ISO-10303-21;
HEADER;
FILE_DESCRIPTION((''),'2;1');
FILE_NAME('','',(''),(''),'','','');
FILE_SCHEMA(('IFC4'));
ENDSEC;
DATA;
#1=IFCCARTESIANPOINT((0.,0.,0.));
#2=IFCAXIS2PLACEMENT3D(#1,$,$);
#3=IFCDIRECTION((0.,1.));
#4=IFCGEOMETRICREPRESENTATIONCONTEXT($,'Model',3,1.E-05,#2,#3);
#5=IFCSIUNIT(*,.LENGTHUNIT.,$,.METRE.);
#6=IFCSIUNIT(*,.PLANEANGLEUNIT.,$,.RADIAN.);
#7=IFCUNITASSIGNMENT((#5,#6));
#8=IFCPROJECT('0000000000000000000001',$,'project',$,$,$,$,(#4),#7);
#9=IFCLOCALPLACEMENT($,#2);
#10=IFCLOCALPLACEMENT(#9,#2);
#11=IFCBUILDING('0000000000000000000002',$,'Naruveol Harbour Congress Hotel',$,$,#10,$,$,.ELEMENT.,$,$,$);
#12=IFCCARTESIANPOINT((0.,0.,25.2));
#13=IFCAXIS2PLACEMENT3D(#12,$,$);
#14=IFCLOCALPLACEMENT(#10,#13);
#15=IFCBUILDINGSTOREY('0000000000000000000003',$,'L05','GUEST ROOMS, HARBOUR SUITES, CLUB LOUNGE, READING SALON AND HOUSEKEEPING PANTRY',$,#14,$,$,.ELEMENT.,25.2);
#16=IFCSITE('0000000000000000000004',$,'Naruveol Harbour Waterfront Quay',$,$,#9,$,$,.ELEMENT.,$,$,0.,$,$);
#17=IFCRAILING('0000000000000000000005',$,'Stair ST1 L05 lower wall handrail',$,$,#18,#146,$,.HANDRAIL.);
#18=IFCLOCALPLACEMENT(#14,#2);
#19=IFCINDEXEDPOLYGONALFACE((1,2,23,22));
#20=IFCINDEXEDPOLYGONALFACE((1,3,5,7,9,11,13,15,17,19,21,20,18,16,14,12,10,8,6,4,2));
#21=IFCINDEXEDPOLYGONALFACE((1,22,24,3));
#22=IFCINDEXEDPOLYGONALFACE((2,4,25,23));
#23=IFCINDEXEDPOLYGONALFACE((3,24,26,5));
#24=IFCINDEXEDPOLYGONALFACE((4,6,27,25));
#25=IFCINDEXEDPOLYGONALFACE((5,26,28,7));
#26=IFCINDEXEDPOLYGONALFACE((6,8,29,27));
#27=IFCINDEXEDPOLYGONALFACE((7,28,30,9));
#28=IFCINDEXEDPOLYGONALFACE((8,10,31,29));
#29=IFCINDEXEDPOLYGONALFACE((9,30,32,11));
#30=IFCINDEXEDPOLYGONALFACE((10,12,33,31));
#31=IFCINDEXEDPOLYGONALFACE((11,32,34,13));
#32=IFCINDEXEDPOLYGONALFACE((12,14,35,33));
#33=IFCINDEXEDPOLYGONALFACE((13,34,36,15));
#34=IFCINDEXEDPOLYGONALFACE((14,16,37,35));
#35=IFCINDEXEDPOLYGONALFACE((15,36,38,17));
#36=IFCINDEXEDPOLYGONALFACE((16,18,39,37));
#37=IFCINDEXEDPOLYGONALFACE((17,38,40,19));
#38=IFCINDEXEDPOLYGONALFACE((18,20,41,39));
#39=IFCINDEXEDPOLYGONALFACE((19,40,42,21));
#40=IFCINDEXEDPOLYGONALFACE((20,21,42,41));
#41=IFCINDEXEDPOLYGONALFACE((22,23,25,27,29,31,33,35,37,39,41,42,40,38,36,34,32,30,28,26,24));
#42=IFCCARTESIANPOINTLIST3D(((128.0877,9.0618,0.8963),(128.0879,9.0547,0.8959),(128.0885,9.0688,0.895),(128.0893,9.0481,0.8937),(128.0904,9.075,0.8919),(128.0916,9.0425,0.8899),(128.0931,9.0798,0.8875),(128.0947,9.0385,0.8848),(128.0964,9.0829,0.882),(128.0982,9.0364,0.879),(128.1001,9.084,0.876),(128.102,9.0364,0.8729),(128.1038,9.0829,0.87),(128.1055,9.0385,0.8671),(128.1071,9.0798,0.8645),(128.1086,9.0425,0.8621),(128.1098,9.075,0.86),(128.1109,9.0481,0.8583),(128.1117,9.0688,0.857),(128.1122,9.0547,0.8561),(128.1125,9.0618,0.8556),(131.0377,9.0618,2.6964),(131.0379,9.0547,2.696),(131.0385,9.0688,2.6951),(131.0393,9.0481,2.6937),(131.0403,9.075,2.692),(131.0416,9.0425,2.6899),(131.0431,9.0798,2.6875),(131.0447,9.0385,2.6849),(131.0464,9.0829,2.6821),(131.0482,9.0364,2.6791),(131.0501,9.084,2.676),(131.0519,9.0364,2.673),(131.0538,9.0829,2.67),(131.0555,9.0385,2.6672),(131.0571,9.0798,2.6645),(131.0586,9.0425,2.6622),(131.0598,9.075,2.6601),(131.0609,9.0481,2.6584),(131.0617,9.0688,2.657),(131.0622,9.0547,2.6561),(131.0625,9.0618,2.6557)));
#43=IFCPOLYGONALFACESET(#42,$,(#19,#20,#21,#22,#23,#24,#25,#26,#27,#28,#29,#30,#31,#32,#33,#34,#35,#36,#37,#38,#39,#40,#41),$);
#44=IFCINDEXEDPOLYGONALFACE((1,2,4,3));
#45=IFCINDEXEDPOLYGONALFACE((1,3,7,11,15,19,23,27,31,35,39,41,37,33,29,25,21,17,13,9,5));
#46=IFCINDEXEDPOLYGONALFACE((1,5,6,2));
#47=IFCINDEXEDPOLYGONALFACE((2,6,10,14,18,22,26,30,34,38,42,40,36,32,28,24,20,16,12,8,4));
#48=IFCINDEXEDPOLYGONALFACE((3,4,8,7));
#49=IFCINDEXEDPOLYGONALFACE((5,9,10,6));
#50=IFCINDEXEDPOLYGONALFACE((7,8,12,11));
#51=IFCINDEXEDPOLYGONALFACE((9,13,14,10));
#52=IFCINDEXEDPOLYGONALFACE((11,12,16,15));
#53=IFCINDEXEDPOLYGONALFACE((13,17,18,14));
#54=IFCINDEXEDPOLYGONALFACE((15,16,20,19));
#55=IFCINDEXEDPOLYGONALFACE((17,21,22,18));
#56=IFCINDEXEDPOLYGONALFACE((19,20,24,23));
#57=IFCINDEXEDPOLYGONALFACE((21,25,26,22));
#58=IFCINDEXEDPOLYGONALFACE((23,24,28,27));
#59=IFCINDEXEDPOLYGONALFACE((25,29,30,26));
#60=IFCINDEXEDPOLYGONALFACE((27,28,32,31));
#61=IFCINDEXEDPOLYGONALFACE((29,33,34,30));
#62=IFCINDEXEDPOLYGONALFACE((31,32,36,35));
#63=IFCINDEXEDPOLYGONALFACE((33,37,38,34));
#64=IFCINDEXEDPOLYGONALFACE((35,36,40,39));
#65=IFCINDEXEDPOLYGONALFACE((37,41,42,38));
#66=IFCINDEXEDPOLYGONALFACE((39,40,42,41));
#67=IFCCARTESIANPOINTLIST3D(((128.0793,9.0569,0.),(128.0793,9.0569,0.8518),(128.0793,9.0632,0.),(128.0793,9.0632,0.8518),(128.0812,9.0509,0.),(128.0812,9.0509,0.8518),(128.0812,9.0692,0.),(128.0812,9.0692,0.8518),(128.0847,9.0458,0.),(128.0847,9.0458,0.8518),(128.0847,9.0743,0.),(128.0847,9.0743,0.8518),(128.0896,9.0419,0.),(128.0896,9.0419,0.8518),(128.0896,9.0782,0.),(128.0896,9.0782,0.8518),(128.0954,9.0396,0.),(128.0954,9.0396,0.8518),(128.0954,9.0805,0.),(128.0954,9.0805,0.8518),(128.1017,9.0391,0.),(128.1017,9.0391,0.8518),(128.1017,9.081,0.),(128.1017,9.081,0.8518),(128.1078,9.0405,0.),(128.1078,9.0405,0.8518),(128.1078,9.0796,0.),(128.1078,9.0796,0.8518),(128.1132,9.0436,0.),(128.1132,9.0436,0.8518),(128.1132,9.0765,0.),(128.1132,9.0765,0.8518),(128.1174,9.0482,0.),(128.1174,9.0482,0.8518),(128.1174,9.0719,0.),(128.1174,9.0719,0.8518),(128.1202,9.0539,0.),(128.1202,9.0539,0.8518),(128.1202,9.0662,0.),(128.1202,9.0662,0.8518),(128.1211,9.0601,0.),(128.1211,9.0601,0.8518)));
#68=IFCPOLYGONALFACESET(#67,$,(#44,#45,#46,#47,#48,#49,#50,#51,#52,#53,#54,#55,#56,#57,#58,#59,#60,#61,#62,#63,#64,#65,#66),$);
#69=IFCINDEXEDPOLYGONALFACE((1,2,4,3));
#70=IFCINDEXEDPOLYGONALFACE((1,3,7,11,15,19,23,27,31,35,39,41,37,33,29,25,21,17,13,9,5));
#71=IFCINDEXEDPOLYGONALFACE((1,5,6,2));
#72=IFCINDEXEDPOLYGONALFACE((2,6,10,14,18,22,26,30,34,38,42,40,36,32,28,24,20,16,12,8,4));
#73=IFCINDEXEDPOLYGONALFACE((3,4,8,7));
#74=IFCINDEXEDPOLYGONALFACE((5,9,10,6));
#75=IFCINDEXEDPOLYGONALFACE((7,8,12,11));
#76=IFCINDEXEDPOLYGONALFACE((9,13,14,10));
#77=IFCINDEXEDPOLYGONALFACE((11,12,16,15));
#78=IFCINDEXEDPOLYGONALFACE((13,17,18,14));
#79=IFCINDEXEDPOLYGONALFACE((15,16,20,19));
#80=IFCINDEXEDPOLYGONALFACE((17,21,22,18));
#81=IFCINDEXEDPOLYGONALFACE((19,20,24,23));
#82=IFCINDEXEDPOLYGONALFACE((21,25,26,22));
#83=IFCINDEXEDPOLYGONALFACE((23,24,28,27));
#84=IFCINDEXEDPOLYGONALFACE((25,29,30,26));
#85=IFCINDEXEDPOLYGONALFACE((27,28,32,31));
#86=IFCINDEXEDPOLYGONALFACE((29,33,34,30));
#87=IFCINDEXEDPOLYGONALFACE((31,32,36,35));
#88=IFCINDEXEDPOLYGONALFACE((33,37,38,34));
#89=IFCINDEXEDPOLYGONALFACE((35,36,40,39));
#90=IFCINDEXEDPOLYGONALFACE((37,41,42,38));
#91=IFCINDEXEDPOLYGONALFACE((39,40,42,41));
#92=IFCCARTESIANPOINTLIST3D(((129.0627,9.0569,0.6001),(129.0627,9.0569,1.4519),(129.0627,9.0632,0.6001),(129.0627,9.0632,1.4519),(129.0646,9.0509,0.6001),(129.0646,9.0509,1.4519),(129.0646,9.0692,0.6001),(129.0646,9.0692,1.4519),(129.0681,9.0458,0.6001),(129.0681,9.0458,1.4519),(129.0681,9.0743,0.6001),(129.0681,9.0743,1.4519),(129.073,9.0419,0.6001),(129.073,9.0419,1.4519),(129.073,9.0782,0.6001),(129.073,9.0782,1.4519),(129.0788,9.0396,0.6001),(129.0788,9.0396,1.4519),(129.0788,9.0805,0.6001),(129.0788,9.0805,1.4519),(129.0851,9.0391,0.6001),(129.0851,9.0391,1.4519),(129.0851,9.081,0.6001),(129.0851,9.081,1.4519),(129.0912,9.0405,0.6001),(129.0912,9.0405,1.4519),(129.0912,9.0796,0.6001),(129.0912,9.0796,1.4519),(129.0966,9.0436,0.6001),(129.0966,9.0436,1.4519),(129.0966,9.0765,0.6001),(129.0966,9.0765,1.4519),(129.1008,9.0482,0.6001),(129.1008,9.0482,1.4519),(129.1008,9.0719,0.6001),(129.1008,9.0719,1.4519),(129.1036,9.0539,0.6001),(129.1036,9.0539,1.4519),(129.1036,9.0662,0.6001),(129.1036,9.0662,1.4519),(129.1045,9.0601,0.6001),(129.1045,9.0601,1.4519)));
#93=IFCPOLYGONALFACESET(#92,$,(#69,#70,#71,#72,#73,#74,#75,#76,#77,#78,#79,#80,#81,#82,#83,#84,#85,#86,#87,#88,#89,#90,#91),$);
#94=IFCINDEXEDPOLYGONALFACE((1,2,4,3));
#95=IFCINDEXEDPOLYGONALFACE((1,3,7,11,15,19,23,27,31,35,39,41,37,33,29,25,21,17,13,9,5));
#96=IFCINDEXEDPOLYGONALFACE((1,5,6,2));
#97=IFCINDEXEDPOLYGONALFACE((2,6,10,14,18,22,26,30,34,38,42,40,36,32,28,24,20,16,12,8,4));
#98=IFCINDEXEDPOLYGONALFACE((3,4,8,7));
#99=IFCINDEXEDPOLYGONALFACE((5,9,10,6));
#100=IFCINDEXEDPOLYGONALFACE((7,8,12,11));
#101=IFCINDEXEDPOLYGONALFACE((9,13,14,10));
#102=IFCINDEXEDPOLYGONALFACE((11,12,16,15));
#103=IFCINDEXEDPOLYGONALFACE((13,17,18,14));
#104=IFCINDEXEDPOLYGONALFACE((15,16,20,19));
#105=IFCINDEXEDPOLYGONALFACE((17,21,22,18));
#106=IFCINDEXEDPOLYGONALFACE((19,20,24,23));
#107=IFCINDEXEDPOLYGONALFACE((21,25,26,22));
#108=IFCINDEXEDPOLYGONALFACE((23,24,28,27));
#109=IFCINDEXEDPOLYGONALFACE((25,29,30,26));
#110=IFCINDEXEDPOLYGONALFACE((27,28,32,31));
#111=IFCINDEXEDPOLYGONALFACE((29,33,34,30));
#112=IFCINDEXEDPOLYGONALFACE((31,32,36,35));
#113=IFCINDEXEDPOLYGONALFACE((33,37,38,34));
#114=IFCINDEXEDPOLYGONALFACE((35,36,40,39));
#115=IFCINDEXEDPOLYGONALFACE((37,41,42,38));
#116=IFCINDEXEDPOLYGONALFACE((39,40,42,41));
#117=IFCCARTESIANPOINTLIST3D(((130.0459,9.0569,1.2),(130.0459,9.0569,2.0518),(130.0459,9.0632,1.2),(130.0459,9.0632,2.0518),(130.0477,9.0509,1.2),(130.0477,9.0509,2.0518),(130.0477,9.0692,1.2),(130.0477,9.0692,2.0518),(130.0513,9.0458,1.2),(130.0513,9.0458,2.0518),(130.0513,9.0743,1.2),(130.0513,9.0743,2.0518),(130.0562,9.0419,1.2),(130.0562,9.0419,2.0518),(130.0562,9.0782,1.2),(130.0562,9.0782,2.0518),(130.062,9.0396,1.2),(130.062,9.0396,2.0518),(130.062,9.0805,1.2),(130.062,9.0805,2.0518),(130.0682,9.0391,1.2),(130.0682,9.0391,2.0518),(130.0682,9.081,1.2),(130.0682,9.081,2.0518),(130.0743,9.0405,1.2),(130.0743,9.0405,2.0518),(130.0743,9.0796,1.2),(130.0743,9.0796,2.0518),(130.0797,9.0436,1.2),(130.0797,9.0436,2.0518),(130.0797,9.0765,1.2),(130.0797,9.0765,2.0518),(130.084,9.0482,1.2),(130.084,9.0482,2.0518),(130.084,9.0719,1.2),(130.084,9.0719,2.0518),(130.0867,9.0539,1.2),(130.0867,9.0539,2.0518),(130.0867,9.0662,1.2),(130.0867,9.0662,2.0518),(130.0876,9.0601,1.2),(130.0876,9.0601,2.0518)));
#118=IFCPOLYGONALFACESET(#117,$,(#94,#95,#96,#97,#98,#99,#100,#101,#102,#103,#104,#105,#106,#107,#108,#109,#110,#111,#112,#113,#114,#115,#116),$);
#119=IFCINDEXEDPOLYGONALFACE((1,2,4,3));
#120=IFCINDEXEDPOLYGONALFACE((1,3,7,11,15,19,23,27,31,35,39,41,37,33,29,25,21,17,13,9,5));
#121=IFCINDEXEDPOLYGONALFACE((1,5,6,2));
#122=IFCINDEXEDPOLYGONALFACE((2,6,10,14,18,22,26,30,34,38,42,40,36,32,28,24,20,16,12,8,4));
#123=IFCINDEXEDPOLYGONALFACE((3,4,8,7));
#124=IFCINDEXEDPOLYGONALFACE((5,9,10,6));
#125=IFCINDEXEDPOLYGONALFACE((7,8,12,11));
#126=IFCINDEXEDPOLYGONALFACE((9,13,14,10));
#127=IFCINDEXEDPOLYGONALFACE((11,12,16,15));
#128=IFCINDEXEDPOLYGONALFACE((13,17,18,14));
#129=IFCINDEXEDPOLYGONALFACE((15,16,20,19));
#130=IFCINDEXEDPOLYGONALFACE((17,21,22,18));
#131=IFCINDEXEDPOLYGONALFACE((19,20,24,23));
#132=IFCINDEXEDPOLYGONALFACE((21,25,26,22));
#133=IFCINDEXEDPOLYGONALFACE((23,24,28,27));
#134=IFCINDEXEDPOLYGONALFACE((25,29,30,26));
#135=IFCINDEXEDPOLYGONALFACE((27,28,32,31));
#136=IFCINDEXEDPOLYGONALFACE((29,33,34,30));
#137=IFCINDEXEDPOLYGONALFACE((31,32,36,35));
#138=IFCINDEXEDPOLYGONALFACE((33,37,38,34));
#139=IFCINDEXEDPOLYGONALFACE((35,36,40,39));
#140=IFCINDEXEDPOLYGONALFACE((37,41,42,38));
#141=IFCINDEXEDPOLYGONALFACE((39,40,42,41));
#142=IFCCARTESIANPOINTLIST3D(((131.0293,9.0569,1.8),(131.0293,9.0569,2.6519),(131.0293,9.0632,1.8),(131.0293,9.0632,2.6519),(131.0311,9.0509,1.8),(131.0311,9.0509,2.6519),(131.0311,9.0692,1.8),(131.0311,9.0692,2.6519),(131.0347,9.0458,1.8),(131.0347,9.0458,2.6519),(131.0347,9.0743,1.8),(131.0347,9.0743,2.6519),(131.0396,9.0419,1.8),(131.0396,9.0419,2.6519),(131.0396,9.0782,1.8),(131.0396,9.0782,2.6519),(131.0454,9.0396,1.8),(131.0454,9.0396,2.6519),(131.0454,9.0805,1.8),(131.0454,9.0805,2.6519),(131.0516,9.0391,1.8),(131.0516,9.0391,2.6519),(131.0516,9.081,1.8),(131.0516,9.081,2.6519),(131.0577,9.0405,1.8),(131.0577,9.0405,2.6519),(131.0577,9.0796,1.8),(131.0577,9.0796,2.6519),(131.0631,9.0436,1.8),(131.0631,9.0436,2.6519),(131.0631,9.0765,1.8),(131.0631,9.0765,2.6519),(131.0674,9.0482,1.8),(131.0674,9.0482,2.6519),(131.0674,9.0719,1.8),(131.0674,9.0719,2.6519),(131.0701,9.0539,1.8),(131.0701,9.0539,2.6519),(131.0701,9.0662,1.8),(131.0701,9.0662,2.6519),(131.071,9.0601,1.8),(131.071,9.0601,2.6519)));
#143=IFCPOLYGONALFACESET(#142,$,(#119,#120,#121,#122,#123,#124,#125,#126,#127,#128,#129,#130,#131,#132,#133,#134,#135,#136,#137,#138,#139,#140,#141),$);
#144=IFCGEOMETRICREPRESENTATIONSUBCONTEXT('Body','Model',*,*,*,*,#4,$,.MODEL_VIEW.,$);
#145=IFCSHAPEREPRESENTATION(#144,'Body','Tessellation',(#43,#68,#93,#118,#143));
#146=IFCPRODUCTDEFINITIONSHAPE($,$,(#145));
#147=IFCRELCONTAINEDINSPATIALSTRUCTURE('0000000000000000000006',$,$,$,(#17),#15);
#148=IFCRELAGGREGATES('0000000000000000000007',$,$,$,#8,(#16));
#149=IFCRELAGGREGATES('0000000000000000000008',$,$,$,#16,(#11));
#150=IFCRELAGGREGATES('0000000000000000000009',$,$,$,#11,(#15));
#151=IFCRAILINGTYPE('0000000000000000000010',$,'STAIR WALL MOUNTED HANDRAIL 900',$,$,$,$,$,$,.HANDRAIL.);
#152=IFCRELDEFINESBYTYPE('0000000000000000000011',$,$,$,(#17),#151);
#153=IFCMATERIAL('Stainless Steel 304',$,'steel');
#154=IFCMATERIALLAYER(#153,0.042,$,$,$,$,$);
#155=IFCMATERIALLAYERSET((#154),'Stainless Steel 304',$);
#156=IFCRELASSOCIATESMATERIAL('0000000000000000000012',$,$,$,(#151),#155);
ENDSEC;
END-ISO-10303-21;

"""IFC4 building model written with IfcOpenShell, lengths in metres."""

from ifc_helpers import new_model, si_unit, direction, frame, origin, origin_2d, place, context, subcontext, project, spatial, circle, extrude, material, layer, layer_set, type_object, element, save


model = new_model("IFC4")

# Units and contexts
model_context = context("Model", 3, precision=1e-05, world=origin(), true_north=direction((0.0, 1.0)))
body_context = subcontext(model_context, "Body", "Model", "MODEL_VIEW")
ifc_project = project(units=[si_unit("LENGTHUNIT", "METRE"), si_unit("PLANEANGLEUNIT", "RADIAN")], contexts=[model_context])

# Site, building, storey
site_placement = place(None, origin())
site = spatial("IfcSite", under=ifc_project, at=site_placement, Name="Naruveol Harbour Waterfront Quay", CompositionType="ELEMENT", RefElevation=0.0)
building_placement = place(site_placement, origin())
building = spatial("IfcBuilding", under=site, at=building_placement, Name="Naruveol Harbour Congress Hotel", CompositionType="ELEMENT")
storey_placement = place(building_placement, frame((0.0, 0.0, 25.2)))
storey = spatial("IfcBuildingStorey", under=building, at=storey_placement, Name="L05", Description="GUEST ROOMS, HARBOUR SUITES, CLUB LOUNGE, READING SALON AND HOUSEKEEPING PANTRY", CompositionType="ELEMENT", Elevation=25.2)

# Railing
ifc_material_1 = material(Name="Stainless Steel 304", Category="steel")
ifc_layer_1 = layer(ifc_material_1, 0.042)
ifc_layer_set_1 = layer_set([ifc_layer_1], Name="Stainless Steel 304")
railing_type_1 = type_object("IfcRailingType", Name="STAIR WALL MOUNTED HANDRAIL 900", PredefinedType="HANDRAIL", material=ifc_layer_set_1)
railing_1_placement = place(storey_placement, frame((128.1001, 9.0601, 0.0)))
element("IfcRailing", 1, at=railing_1_placement, inside=storey, type_object=railing_type_1, Name="Stair ST1 L05 lower wall handrail", PredefinedType="HANDRAIL", context=body_context, shape_type="SweptSolid", body=[
    extrude(circle(Radius=0.0239, at=origin_2d()), frame((0.0, 0.0, 0.876), z_axis=(0.853629, 0.0, 0.520881), x_axis=(0.0, 1.0, 0.0)), (0.0, 0.0, 1.0), 3.4558),
    extrude(circle(Radius=0.021, at=origin_2d()), origin(), (0.0, 0.0, 1.0), 0.8518),
    extrude(circle(Radius=0.021, at=origin_2d()), frame((0.9834, 0.0, 0.6001)), (0.0, 0.0, 1.0), 0.8518),
    extrude(circle(Radius=0.021, at=origin_2d()), frame((1.9666, 0.0, 1.2)), (0.0, 0.0, 1.0), 0.8518),
    extrude(circle(Radius=0.021, at=origin_2d()), frame((2.95, 0.0, 1.8)), (0.0, 0.0, 1.0), 0.8518),
])

save(model, "model.ifc")
